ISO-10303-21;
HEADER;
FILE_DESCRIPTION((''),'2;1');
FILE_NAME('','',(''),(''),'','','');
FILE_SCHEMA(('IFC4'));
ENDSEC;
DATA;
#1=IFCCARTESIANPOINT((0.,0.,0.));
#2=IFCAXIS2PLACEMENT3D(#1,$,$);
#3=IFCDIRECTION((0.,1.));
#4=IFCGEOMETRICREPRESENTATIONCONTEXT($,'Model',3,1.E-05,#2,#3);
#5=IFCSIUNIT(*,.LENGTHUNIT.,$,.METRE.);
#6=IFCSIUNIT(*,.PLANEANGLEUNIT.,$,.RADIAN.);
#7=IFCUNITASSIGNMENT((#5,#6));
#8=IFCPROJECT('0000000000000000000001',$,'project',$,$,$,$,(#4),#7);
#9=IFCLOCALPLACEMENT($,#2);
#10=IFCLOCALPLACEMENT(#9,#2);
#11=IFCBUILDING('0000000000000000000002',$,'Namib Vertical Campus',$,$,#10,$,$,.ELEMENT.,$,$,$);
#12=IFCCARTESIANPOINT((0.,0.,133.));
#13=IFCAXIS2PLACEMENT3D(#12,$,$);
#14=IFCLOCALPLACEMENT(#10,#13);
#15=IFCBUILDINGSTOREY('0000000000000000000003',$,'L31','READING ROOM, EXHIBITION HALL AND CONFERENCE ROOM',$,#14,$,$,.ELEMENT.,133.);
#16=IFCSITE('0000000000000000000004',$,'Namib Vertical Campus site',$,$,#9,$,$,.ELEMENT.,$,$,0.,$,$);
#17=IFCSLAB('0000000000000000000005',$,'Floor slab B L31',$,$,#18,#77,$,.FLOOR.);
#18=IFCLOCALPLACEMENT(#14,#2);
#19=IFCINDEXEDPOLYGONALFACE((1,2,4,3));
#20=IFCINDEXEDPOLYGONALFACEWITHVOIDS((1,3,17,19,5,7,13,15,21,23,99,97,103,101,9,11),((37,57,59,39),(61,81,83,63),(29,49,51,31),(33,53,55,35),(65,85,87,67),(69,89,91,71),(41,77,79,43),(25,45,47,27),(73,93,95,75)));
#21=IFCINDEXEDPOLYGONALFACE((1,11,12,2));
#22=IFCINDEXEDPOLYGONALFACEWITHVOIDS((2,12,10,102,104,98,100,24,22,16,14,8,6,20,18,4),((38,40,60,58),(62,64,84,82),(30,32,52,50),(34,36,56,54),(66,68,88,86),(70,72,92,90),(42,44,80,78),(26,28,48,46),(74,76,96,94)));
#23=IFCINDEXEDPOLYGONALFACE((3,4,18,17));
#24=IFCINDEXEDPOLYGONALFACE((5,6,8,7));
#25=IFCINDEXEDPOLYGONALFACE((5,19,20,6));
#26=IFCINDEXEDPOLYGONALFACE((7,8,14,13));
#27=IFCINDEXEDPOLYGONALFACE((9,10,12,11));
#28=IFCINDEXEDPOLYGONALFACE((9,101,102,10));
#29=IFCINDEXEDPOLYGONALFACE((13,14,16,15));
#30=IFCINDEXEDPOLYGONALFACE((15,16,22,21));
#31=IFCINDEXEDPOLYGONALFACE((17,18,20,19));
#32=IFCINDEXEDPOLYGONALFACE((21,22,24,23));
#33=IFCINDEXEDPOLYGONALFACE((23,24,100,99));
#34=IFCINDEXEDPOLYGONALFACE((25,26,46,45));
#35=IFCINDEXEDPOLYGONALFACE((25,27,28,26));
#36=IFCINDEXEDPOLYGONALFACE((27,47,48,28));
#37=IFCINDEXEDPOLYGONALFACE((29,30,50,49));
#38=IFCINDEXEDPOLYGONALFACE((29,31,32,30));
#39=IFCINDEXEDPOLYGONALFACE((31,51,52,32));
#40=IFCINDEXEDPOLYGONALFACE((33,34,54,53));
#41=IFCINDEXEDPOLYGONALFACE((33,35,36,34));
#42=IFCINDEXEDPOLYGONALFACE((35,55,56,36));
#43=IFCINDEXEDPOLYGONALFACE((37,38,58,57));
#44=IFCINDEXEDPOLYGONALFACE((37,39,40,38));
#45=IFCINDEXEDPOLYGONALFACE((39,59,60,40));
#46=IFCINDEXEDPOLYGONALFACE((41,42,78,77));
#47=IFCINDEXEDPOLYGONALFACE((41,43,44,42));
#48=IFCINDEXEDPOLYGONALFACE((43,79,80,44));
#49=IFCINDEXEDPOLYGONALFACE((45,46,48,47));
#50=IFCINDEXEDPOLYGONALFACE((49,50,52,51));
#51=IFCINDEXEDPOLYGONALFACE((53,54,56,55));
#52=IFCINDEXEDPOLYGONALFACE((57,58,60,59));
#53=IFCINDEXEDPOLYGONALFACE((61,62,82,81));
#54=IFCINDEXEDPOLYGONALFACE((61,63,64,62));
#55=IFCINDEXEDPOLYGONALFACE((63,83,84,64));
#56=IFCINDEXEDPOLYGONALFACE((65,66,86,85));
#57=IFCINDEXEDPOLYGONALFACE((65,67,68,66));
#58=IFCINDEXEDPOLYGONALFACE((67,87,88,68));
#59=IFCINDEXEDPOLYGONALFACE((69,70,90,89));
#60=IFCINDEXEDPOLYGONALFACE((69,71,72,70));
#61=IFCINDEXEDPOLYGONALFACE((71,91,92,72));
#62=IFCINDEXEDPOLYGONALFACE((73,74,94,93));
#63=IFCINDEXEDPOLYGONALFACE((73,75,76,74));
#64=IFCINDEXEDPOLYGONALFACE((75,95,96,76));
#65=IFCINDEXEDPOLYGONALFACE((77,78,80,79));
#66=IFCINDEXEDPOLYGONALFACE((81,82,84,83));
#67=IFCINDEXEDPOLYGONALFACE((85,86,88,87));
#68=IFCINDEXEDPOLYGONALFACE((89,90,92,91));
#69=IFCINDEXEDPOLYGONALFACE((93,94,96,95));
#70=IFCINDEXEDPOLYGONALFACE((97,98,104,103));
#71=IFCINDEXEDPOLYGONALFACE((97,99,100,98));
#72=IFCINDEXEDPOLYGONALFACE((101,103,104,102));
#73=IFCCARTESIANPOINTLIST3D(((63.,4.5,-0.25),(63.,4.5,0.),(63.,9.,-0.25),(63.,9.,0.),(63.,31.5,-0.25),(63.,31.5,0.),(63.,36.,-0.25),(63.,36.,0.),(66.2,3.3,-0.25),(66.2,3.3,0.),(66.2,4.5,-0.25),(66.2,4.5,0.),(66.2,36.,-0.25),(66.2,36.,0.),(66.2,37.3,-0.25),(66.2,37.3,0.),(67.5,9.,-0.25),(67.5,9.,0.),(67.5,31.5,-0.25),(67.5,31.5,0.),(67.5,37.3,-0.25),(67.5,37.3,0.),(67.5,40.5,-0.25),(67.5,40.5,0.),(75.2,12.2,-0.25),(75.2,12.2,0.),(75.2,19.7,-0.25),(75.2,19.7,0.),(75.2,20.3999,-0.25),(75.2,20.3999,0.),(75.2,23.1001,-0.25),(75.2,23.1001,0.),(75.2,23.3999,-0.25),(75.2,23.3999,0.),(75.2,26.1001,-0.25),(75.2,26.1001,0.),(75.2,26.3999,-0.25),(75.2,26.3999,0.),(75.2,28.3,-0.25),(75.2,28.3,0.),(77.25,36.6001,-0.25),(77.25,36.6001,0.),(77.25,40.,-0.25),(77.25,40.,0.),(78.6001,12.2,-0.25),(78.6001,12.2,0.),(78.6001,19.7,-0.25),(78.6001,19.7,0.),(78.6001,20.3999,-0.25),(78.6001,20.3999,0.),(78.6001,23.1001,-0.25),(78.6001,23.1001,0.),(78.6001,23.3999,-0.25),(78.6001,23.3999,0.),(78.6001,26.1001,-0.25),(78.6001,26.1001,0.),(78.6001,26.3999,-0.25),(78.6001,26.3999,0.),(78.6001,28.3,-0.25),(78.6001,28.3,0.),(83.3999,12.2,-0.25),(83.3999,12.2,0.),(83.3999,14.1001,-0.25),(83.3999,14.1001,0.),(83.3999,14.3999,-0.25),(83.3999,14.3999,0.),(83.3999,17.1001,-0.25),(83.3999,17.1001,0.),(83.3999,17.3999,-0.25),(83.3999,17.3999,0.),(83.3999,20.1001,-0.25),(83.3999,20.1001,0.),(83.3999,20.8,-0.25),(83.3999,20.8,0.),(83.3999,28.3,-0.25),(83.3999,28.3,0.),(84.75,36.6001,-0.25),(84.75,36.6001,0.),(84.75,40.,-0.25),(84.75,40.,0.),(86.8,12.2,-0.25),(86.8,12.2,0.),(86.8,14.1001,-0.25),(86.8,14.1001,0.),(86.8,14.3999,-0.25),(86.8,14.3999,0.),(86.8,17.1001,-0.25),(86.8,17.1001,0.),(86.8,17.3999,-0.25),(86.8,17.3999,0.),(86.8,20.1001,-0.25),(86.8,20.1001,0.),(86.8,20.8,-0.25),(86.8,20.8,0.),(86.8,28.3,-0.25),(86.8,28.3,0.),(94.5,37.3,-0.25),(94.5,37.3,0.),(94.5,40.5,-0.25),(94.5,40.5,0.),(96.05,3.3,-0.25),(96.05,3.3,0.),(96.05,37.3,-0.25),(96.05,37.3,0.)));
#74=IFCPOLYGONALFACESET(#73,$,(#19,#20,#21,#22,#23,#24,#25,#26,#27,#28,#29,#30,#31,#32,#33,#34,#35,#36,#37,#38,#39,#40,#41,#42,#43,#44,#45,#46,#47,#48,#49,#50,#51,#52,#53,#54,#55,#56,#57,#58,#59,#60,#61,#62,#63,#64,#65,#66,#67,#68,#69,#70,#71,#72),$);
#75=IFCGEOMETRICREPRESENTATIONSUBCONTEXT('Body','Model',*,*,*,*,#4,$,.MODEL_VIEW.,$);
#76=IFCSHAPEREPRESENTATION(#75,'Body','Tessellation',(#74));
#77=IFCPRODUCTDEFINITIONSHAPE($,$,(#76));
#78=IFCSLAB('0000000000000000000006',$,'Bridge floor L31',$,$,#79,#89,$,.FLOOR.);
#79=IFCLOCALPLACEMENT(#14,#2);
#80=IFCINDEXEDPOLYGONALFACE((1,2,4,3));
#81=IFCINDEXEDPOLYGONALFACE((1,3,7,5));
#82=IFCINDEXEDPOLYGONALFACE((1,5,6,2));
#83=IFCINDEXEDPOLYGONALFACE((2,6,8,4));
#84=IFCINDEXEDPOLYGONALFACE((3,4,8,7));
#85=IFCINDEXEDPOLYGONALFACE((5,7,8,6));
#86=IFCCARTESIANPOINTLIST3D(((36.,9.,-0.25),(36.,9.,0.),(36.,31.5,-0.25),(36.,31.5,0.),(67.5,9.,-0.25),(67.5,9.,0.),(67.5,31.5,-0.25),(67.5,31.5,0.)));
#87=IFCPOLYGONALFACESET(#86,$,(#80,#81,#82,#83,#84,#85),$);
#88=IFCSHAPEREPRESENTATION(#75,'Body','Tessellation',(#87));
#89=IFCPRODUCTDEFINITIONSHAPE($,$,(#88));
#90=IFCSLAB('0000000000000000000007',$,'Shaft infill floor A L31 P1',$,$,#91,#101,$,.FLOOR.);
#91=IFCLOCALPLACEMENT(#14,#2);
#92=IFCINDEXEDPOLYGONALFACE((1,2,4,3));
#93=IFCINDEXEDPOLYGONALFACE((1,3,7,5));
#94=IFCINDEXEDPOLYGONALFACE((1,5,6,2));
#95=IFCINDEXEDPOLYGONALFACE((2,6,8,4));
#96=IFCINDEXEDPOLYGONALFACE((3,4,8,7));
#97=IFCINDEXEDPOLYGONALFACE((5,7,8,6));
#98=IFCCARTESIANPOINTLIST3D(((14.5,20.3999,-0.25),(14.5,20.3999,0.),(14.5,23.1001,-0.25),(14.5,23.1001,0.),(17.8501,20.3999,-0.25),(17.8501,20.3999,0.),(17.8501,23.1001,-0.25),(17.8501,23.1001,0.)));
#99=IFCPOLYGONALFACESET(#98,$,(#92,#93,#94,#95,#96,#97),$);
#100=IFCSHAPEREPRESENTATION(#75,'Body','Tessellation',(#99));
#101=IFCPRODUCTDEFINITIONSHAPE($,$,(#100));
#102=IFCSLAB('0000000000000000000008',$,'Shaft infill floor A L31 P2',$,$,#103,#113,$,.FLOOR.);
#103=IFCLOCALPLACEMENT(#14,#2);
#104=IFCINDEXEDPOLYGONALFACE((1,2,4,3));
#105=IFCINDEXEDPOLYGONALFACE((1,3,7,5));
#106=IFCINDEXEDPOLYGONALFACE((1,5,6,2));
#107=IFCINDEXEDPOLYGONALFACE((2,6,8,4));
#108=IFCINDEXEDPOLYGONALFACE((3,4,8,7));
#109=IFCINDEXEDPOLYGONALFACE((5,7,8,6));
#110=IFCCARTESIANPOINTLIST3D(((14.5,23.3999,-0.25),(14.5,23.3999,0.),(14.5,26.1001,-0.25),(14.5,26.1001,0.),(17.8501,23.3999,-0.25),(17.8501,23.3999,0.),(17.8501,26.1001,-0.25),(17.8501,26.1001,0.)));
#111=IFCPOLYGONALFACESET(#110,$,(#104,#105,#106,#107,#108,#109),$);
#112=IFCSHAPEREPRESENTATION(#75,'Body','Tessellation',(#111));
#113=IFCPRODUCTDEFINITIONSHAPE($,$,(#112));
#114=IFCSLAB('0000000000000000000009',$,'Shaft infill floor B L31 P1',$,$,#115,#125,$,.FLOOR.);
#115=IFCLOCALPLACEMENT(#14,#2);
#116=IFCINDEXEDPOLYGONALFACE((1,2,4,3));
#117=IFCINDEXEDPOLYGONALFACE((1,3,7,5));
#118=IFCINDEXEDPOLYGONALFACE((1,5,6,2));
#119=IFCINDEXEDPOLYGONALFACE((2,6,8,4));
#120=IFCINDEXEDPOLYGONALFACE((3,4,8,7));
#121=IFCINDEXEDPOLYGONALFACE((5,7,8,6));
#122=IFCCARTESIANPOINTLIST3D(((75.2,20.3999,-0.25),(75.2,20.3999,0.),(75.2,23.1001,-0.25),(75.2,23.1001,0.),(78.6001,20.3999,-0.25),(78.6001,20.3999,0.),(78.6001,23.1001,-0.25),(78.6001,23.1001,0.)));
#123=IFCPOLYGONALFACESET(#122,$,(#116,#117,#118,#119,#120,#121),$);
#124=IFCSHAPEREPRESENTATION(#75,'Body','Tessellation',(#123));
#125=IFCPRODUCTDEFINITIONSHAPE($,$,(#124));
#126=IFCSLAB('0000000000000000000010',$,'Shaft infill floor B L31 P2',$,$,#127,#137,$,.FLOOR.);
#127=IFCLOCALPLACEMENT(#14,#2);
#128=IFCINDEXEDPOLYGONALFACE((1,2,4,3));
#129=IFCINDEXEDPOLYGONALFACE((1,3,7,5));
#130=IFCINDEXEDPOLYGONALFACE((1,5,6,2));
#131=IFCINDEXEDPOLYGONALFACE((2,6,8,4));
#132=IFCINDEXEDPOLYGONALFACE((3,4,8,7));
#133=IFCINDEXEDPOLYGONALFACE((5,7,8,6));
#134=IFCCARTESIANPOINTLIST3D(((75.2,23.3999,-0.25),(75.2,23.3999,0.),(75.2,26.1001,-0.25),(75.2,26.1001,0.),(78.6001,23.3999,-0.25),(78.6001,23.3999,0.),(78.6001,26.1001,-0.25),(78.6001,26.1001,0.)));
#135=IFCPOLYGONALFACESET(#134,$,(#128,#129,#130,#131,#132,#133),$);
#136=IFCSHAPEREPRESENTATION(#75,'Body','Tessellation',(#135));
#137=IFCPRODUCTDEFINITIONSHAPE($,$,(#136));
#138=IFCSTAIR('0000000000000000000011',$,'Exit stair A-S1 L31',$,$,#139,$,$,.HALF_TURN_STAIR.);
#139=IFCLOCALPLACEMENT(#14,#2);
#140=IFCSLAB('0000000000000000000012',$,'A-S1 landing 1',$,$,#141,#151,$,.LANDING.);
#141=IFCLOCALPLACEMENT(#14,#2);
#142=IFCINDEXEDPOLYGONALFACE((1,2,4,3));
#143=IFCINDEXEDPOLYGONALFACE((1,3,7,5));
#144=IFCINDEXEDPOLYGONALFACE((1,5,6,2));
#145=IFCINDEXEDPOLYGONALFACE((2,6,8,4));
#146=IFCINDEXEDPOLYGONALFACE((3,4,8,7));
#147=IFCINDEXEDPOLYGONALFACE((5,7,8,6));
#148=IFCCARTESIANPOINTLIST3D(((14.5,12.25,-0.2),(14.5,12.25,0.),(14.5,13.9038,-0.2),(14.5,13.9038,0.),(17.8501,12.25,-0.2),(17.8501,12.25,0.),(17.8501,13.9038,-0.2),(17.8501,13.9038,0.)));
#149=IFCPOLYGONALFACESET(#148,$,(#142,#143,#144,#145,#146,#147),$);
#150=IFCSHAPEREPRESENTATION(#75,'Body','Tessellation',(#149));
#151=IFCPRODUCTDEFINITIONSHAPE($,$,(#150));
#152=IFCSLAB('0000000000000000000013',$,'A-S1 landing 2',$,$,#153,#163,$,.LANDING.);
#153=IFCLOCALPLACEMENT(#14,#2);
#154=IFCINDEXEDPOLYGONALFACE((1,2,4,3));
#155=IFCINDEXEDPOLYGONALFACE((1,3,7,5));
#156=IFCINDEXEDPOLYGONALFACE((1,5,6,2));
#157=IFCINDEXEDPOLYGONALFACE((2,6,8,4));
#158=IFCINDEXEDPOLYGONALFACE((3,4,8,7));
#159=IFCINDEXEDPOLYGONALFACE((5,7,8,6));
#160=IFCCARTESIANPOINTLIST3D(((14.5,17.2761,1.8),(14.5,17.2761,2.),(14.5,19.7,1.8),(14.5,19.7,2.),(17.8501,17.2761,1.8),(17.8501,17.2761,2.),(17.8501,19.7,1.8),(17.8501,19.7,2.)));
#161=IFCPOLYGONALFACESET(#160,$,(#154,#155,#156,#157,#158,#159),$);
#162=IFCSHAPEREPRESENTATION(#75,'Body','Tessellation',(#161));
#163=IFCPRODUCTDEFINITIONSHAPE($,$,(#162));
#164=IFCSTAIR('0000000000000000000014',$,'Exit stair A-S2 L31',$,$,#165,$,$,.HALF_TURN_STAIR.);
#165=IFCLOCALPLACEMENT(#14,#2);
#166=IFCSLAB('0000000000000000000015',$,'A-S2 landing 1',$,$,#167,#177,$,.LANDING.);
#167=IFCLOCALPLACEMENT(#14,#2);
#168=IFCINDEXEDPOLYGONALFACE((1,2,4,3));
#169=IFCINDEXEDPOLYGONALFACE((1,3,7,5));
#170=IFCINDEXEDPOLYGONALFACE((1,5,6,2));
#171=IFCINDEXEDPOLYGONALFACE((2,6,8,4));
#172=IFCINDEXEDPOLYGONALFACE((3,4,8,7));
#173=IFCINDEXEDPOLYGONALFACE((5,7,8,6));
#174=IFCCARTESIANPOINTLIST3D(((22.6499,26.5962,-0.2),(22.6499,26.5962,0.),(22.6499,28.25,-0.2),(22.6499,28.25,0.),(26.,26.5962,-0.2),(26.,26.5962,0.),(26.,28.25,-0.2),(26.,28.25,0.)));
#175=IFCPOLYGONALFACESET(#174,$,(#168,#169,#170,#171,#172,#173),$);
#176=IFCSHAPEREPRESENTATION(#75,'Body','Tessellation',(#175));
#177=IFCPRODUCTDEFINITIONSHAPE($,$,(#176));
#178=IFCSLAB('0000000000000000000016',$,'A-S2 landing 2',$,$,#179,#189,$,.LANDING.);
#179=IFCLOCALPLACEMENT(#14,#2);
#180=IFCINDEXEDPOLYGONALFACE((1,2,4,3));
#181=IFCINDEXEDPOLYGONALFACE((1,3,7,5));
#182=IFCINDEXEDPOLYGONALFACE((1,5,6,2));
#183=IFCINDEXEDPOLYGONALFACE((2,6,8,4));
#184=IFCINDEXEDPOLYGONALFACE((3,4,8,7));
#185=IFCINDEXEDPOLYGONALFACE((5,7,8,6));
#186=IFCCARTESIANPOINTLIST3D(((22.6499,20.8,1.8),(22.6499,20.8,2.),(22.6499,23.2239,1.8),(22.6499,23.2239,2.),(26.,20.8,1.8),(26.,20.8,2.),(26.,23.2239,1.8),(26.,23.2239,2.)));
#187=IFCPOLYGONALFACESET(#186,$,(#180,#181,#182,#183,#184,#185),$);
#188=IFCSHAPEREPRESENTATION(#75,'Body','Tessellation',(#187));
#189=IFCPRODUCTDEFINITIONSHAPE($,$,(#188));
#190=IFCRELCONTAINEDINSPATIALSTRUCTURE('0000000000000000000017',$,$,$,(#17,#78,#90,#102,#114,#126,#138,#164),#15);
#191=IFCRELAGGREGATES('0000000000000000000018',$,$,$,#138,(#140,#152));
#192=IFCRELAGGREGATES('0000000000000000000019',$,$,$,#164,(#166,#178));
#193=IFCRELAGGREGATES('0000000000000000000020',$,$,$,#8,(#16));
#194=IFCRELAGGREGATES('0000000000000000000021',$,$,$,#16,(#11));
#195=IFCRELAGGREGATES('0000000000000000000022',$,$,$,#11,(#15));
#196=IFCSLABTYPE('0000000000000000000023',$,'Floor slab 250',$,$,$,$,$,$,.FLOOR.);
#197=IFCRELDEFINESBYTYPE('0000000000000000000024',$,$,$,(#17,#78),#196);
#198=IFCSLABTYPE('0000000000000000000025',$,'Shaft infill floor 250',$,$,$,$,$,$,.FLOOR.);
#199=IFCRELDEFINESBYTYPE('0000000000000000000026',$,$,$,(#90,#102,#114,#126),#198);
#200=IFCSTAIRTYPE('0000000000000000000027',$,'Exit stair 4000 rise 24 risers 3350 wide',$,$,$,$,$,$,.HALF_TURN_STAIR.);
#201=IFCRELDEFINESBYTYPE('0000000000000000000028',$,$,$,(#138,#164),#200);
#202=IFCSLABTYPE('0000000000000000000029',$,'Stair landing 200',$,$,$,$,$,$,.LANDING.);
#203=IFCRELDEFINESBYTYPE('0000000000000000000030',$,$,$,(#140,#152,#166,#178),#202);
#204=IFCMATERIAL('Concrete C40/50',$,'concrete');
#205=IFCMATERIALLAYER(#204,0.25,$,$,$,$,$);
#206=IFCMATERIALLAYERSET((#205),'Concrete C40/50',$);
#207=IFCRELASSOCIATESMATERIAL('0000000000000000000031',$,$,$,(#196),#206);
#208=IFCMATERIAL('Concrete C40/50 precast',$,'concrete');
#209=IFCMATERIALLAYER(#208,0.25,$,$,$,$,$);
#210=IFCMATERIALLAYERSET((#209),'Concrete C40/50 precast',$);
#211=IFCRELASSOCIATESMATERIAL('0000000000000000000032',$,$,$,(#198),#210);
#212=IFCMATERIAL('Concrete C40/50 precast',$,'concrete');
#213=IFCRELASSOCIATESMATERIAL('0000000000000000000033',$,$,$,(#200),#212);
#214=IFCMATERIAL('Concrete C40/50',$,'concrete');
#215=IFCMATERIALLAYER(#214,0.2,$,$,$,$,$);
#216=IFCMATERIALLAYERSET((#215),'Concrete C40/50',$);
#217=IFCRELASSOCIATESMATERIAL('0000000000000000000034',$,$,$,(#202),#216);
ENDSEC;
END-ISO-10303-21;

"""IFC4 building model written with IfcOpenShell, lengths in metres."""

from ifc_helpers import new_model, si_unit, direction, frame, origin, place, context, subcontext, project, spatial, polyline, outline, extrude, material, layer, layer_set, type_object, element, aggregate, save


model = new_model("IFC4")

# Units and contexts
model_context = context("Model", 3, precision=1e-05, world=origin(), true_north=direction((0.0, 1.0)))
body_context = subcontext(model_context, "Body", "Model", "MODEL_VIEW")
ifc_project = project(units=[si_unit("LENGTHUNIT", "METRE"), si_unit("PLANEANGLEUNIT", "RADIAN")], contexts=[model_context])

# Site, building, storey
site_placement = place(None, origin())
site = spatial("IfcSite", under=ifc_project, at=site_placement, Name="Namib Vertical Campus site", CompositionType="ELEMENT", RefElevation=0.0)
building_placement = place(site_placement, origin())
building = spatial("IfcBuilding", under=site, at=building_placement, Name="Namib Vertical Campus", CompositionType="ELEMENT")
storey_placement = place(building_placement, frame((0.0, 0.0, 133.0)))
storey = spatial("IfcBuildingStorey", under=building, at=storey_placement, Name="L31", Description="READING ROOM, EXHIBITION HALL AND CONFERENCE ROOM", CompositionType="ELEMENT", Elevation=133.0)

# Slabs
ifc_material_1 = material(Name="Concrete C40/50", Category="concrete")
ifc_layer_1 = layer(ifc_material_1, 0.25)
ifc_layer_set_1 = layer_set([ifc_layer_1], Name="Concrete C40/50")
slab_type_1 = type_object("IfcSlabType", Name="Floor slab 250", PredefinedType="FLOOR", material=ifc_layer_set_1)
slab_1_placement = place(storey_placement, frame((0.0, 0.0, -0.25)))
element("IfcSlab", 1, at=slab_1_placement, inside=storey, type_object=slab_type_1, Name="Floor slab B L31", PredefinedType="FLOOR", context=body_context, shape_type="SweptSolid", body=[
    extrude(outline(polyline([(63.0, 9.0), (63.0, 4.5), (66.2, 4.5), (66.2, 3.3), (96.05, 3.3), (96.05, 37.3), (94.5, 37.3), (94.5, 40.5), (67.5, 40.5), (67.5, 37.3), (66.2, 37.3), (66.2, 36.0), (63.0, 36.0), (63.0, 31.5), (67.5, 31.5), (67.5, 9.0), (63.0, 9.0)]), holes=[polyline([(75.2, 12.2), (78.6001, 12.2), (78.6001, 19.7), (75.2, 19.7), (75.2, 12.2)]), polyline([(83.3999, 20.8), (86.8, 20.8), (86.8, 28.3), (83.3999, 28.3), (83.3999, 20.8)]), polyline([(83.3999, 12.2), (86.8, 12.2), (86.8, 14.1001), (83.3999, 14.1001), (83.3999, 12.2)]), polyline([(75.2, 20.3999), (78.6001, 20.3999), (78.6001, 23.1001), (75.2, 23.1001), (75.2, 20.3999)]), polyline([(75.2, 23.3999), (78.6001, 23.3999), (78.6001, 26.1001), (75.2, 26.1001), (75.2, 23.3999)]), polyline([(75.2, 26.3999), (78.6001, 26.3999), (78.6001, 28.3), (75.2, 28.3), (75.2, 26.3999)]), polyline([(83.3999, 14.3999), (86.8, 14.3999), (86.8, 17.1001), (83.3999, 17.1001), (83.3999, 14.3999)]), polyline([(83.3999, 17.3999), (86.8, 17.3999), (86.8, 20.1001), (83.3999, 20.1001), (83.3999, 17.3999)]), polyline([(77.25, 36.6001), (84.75, 36.6001), (84.75, 40.0), (77.25, 40.0), (77.25, 36.6001)])]), origin(), (0.0, 0.0, 1.0), 0.25),
])
slab_2_placement = place(storey_placement, frame((0.0, 0.0, -0.25)))
element("IfcSlab", 2, at=slab_2_placement, inside=storey, type_object=slab_type_1, Name="Bridge floor L31", PredefinedType="FLOOR", context=body_context, shape_type="SweptSolid", body=[
    extrude(outline(polyline([(36.0, 9.0), (67.5, 9.0), (67.5, 31.5), (36.0, 31.5), (36.0, 9.0)])), origin(), (0.0, 0.0, 1.0), 0.25),
])
ifc_material_2 = material(Name="Concrete C40/50 precast", Category="concrete")
ifc_layer_2 = layer(ifc_material_2, 0.25)
ifc_layer_set_2 = layer_set([ifc_layer_2], Name="Concrete C40/50 precast")
slab_type_2 = type_object("IfcSlabType", Name="Shaft infill floor 250", PredefinedType="FLOOR", material=ifc_layer_set_2)
slab_3_placement = place(storey_placement, frame((0.0, 0.0, -0.25)))
element("IfcSlab", 3, at=slab_3_placement, inside=storey, type_object=slab_type_2, Name="Shaft infill floor A L31 P1", PredefinedType="FLOOR", context=body_context, shape_type="SweptSolid", body=[
    extrude(outline(polyline([(14.5, 20.3999), (17.8501, 20.3999), (17.8501, 23.1001), (14.5, 23.1001), (14.5, 20.3999)])), origin(), (0.0, 0.0, 1.0), 0.25),
])
slab_4_placement = place(storey_placement, frame((0.0, 0.0, -0.25)))
element("IfcSlab", 4, at=slab_4_placement, inside=storey, type_object=slab_type_2, Name="Shaft infill floor A L31 P2", PredefinedType="FLOOR", context=body_context, shape_type="SweptSolid", body=[
    extrude(outline(polyline([(14.5, 23.3999), (17.8501, 23.3999), (17.8501, 26.1001), (14.5, 26.1001), (14.5, 23.3999)])), origin(), (0.0, 0.0, 1.0), 0.25),
])
slab_5_placement = place(storey_placement, frame((0.0, 0.0, -0.25)))
element("IfcSlab", 5, at=slab_5_placement, inside=storey, type_object=slab_type_2, Name="Shaft infill floor B L31 P1", PredefinedType="FLOOR", context=body_context, shape_type="SweptSolid", body=[
    extrude(outline(polyline([(75.2, 20.3999), (78.6001, 20.3999), (78.6001, 23.1001), (75.2, 23.1001), (75.2, 20.3999)])), origin(), (0.0, 0.0, 1.0), 0.25),
])
slab_6_placement = place(storey_placement, frame((0.0, 0.0, -0.25)))
element("IfcSlab", 6, at=slab_6_placement, inside=storey, type_object=slab_type_2, Name="Shaft infill floor B L31 P2", PredefinedType="FLOOR", context=body_context, shape_type="SweptSolid", body=[
    extrude(outline(polyline([(75.2, 23.3999), (78.6001, 23.3999), (78.6001, 26.1001), (75.2, 26.1001), (75.2, 23.3999)])), origin(), (0.0, 0.0, 1.0), 0.25),
])

# Stairs, slabs
ifc_material_3 = material(Name="Concrete C40/50 precast", Category="concrete")
stair_type_1 = type_object("IfcStairType", Name="Exit stair 4000 rise 24 risers 3350 wide", PredefinedType="HALF_TURN_STAIR", material=ifc_material_3)
stair_1_placement = place(storey_placement, origin())
stair_1 = element("IfcStair", 7, at=stair_1_placement, inside=storey, type_object=stair_type_1, Name="Exit stair A-S1 L31", PredefinedType="HALF_TURN_STAIR")
ifc_material_4 = material(Name="Concrete C40/50", Category="concrete")
ifc_layer_3 = layer(ifc_material_4, 0.2)
ifc_layer_set_3 = layer_set([ifc_layer_3], Name="Concrete C40/50")
slab_type_3 = type_object("IfcSlabType", Name="Stair landing 200", PredefinedType="LANDING", material=ifc_layer_set_3)
slab_7_placement = place(storey_placement, frame((0.0, 0.0, -0.2)))
slab_7 = element("IfcSlab", 8, at=slab_7_placement, type_object=slab_type_3, Name="A-S1 landing 1", PredefinedType="LANDING", context=body_context, shape_type="SweptSolid", body=[
    extrude(outline(polyline([(14.5, 12.25), (17.8501, 12.25), (17.8501, 13.9038), (14.5, 13.9038), (14.5, 12.25)])), origin(), (0.0, 0.0, 1.0), 0.2),
])
slab_8_placement = place(storey_placement, frame((0.0, 0.0, 1.8)))
slab_8 = element("IfcSlab", 9, at=slab_8_placement, type_object=slab_type_3, Name="A-S1 landing 2", PredefinedType="LANDING", context=body_context, shape_type="SweptSolid", body=[
    extrude(outline(polyline([(14.5, 17.2761), (17.8501, 17.2761), (17.8501, 19.7), (14.5, 19.7), (14.5, 17.2761)])), origin(), (0.0, 0.0, 1.0), 0.2),
])
aggregate(stair_1, [slab_7, slab_8])
stair_2_placement = place(storey_placement, origin())
stair_2 = element("IfcStair", 10, at=stair_2_placement, inside=storey, type_object=stair_type_1, Name="Exit stair A-S2 L31", PredefinedType="HALF_TURN_STAIR")
slab_9_placement = place(storey_placement, frame((0.0, 0.0, -0.2)))
slab_9 = element("IfcSlab", 11, at=slab_9_placement, type_object=slab_type_3, Name="A-S2 landing 1", PredefinedType="LANDING", context=body_context, shape_type="SweptSolid", body=[
    extrude(outline(polyline([(22.6499, 26.5962), (26.0, 26.5962), (26.0, 28.25), (22.6499, 28.25), (22.6499, 26.5962)])), origin(), (0.0, 0.0, 1.0), 0.2),
])
slab_10_placement = place(storey_placement, frame((0.0, 0.0, 1.8)))
slab_10 = element("IfcSlab", 12, at=slab_10_placement, type_object=slab_type_3, Name="A-S2 landing 2", PredefinedType="LANDING", context=body_context, shape_type="SweptSolid", body=[
    extrude(outline(polyline([(22.6499, 20.8), (26.0, 20.8), (26.0, 23.2239), (22.6499, 23.2239), (22.6499, 20.8)])), origin(), (0.0, 0.0, 1.0), 0.2),
])
aggregate(stair_2, [slab_9, slab_10])

save(model, "model.ifc")
